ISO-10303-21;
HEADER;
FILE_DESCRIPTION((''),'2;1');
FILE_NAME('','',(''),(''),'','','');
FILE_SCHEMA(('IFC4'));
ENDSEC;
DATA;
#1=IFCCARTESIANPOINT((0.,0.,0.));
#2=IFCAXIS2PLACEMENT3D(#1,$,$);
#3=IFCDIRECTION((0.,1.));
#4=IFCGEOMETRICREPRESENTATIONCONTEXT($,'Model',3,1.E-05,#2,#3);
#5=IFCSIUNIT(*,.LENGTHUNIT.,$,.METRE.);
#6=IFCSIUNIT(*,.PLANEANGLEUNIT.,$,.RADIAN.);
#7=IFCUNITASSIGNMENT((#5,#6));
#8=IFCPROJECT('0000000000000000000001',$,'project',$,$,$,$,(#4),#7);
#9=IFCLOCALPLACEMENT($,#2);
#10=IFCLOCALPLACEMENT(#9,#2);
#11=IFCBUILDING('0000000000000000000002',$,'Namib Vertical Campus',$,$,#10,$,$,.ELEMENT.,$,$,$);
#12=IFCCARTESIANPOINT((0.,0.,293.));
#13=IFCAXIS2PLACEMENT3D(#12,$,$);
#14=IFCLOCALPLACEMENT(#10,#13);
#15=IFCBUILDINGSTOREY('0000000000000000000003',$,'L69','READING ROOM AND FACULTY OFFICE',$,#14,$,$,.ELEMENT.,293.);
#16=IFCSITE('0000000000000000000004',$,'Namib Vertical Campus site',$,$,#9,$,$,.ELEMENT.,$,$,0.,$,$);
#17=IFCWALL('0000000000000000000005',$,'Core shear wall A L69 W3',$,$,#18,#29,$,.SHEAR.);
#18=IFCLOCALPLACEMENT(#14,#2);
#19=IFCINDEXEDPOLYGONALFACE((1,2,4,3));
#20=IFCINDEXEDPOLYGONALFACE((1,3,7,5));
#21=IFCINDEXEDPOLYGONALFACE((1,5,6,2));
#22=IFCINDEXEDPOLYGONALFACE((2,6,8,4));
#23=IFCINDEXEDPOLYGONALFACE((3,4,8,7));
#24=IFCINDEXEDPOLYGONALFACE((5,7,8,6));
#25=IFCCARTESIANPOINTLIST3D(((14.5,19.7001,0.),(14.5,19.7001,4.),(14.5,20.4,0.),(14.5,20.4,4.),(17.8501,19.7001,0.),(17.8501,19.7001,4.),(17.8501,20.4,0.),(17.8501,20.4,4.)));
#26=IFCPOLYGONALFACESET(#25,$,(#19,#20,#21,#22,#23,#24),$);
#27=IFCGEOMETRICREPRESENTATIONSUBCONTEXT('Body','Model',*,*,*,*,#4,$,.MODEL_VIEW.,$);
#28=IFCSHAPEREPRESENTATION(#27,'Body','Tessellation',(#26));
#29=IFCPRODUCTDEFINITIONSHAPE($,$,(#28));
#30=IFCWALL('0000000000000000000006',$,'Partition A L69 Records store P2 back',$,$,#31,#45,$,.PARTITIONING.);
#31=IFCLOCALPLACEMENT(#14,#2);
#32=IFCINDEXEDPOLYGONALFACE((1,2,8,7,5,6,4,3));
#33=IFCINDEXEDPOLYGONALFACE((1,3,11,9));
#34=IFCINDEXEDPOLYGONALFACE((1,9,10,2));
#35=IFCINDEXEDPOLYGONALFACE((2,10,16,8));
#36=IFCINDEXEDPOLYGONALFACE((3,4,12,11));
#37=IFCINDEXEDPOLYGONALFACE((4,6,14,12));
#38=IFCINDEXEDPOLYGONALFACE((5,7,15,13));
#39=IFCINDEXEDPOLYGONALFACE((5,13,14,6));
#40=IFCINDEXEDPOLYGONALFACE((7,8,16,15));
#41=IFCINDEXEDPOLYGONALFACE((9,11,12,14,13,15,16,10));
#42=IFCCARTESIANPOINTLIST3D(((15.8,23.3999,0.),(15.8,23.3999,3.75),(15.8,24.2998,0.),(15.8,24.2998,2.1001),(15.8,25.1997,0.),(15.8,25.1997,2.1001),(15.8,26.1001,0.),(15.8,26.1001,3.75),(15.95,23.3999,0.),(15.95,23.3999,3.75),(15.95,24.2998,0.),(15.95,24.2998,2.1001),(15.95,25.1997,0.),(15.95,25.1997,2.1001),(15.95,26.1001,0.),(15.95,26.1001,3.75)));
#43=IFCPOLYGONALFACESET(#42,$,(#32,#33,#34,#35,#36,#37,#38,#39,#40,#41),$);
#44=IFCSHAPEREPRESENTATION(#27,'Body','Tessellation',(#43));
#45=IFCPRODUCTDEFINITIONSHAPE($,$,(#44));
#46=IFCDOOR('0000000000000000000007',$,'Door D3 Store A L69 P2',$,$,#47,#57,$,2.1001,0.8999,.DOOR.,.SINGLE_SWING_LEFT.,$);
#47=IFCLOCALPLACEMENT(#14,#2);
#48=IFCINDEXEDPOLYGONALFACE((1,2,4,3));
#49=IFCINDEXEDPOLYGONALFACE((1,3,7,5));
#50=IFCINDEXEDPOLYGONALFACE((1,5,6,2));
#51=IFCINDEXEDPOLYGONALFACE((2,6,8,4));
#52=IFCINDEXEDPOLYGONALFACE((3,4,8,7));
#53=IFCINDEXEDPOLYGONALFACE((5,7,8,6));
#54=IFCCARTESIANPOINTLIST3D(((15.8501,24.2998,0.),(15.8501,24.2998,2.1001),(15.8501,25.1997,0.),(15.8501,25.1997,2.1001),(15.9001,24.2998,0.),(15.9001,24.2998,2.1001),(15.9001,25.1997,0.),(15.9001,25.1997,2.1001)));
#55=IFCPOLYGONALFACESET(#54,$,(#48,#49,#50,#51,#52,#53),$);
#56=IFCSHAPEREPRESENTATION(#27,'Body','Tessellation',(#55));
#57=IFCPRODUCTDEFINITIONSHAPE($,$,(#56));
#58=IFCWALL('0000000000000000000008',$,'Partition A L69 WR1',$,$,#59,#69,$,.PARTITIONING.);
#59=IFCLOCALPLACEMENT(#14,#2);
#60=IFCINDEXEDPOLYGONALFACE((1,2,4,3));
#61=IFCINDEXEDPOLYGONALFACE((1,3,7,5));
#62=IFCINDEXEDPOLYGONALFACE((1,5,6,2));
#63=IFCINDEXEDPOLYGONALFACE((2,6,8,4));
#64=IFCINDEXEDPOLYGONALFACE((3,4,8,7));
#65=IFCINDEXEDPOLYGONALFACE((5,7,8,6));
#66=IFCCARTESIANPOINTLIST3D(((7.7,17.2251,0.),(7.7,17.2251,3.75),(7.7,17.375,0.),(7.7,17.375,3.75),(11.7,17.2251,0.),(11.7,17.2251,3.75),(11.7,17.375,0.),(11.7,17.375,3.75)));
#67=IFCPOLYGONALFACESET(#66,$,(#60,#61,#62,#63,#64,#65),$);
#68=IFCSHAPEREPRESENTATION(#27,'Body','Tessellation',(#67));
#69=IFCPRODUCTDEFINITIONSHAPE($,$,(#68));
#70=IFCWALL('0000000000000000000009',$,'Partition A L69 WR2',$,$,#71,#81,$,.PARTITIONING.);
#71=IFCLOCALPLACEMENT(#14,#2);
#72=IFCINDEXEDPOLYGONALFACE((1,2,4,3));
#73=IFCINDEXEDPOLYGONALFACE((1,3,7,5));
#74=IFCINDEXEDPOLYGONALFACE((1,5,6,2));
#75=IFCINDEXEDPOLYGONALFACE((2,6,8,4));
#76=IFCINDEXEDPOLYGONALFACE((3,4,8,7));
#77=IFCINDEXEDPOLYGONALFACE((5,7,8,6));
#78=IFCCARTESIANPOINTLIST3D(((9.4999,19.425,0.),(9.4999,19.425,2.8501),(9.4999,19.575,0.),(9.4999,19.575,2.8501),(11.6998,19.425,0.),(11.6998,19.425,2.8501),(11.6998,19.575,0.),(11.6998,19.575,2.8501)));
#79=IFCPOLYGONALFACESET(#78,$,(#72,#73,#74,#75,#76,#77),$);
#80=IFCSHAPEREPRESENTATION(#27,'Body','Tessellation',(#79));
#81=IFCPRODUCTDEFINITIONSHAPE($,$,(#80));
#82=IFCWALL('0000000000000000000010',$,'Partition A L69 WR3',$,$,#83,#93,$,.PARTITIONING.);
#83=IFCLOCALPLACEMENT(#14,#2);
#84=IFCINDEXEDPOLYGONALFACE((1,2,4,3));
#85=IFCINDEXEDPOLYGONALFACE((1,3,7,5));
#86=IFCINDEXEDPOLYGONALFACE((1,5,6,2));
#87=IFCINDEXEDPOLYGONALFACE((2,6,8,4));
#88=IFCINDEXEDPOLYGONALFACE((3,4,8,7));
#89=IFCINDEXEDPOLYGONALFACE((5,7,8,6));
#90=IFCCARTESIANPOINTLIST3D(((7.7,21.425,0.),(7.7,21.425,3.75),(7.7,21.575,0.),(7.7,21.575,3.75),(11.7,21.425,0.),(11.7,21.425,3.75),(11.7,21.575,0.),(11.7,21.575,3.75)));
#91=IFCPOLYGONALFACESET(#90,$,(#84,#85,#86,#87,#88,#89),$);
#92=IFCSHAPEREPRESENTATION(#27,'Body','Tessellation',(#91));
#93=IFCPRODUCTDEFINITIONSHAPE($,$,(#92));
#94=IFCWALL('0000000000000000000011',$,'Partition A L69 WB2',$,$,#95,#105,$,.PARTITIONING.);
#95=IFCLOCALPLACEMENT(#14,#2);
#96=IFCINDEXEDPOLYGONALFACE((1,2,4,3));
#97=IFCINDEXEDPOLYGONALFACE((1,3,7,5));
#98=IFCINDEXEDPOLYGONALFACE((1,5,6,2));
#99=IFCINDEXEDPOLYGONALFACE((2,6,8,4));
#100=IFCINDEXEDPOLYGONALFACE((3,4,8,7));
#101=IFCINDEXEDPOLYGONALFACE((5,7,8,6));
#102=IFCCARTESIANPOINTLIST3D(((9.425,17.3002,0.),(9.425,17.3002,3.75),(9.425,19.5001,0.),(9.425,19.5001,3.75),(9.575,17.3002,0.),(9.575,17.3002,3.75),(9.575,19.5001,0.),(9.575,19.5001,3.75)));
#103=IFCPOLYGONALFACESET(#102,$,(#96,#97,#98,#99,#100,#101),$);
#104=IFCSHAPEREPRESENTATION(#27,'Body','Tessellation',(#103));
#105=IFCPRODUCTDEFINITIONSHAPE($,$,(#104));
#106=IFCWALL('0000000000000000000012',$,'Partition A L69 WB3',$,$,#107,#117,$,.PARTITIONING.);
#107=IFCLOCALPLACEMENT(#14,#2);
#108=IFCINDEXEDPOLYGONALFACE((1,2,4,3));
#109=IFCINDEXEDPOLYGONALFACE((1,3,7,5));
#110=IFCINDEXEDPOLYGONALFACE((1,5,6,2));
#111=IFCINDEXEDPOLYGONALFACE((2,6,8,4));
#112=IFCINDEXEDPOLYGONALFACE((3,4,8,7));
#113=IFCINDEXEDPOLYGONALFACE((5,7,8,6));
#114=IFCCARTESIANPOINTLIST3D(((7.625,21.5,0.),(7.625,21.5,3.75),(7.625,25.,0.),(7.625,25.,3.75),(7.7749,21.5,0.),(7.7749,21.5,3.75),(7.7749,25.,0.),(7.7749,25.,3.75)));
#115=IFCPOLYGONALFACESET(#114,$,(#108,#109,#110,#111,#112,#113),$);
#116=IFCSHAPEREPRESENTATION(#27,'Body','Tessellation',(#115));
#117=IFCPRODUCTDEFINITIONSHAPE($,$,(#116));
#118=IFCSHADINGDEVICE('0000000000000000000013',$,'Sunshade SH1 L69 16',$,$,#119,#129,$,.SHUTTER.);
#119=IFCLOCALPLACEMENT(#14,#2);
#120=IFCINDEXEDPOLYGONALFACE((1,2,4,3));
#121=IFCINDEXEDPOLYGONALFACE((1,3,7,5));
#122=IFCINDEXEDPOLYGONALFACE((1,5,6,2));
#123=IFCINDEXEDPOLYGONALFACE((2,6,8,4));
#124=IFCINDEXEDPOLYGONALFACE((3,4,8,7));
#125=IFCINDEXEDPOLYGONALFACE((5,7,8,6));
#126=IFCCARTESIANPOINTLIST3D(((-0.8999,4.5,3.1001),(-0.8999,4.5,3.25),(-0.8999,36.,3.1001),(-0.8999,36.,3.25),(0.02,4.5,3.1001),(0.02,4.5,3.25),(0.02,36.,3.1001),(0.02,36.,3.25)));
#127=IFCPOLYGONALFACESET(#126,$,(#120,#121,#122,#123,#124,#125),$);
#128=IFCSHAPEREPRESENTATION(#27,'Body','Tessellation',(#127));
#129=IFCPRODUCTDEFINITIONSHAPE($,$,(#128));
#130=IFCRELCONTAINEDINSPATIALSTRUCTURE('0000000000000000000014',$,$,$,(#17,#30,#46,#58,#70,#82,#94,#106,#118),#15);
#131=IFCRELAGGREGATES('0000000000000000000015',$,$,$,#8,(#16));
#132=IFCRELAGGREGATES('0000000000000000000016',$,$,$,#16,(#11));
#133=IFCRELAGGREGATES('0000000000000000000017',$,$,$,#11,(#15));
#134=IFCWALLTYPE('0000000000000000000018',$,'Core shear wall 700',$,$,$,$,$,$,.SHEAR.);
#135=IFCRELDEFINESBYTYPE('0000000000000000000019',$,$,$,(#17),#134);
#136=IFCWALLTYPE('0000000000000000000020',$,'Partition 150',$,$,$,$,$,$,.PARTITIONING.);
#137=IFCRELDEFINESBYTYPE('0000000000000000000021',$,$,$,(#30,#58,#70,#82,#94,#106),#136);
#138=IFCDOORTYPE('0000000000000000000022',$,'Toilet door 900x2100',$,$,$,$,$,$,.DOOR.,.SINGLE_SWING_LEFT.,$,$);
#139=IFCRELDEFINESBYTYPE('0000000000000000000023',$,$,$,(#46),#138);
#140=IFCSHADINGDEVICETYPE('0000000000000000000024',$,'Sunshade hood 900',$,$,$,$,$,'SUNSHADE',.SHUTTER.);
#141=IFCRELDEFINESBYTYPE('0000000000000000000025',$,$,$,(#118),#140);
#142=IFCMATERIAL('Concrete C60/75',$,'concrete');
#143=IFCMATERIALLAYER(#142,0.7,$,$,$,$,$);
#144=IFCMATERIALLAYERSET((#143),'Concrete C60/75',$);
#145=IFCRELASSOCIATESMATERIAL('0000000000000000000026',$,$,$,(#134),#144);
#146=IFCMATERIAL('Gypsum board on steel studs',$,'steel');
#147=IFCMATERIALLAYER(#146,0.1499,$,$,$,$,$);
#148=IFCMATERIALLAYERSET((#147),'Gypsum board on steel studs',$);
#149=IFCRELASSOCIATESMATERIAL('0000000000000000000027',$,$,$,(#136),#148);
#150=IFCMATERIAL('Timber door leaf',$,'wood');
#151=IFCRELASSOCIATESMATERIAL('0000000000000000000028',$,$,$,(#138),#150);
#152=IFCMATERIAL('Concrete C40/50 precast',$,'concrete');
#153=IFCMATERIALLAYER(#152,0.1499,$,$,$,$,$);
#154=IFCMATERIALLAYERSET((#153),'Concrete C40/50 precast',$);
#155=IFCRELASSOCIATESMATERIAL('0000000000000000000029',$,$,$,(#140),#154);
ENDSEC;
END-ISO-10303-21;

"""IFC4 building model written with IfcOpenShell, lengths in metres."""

from ifc_helpers import new_model, si_unit, direction, frame, frame_2d, origin, origin_2d, place, context, subcontext, project, spatial, rectangle, extrude, material, layer, layer_set, type_object, element, fill, save


model = new_model("IFC4")

# Units and contexts
model_context = context("Model", 3, precision=1e-05, world=origin(), true_north=direction((0.0, 1.0)))
body_context = subcontext(model_context, "Body", "Model", "MODEL_VIEW")
ifc_project = project(units=[si_unit("LENGTHUNIT", "METRE"), si_unit("PLANEANGLEUNIT", "RADIAN")], contexts=[model_context])

# Site, building, storey
site_placement = place(None, origin())
site = spatial("IfcSite", under=ifc_project, at=site_placement, Name="Namib Vertical Campus site", CompositionType="ELEMENT", RefElevation=0.0)
building_placement = place(site_placement, origin())
building = spatial("IfcBuilding", under=site, at=building_placement, Name="Namib Vertical Campus", CompositionType="ELEMENT")
storey_placement = place(building_placement, frame((0.0, 0.0, 293.0)))
storey = spatial("IfcBuildingStorey", under=building, at=storey_placement, Name="L69", Description="READING ROOM AND FACULTY OFFICE", CompositionType="ELEMENT", Elevation=293.0)

# Wall
ifc_material_1 = material(Name="Concrete C60/75", Category="concrete")
ifc_layer_1 = layer(ifc_material_1, 0.7)
ifc_layer_set_1 = layer_set([ifc_layer_1], Name="Concrete C60/75")
wall_type_1 = type_object("IfcWallType", Name="Core shear wall 700", PredefinedType="SHEAR", material=ifc_layer_set_1)
wall_1_placement = place(storey_placement, frame((14.5, 20.05, 0.0), z_axis=(0.0, 0.0, 1.0), x_axis=(1.0, 0.0, 0.0)))
element("IfcWall", 1, at=wall_1_placement, inside=storey, type_object=wall_type_1, Name="Core shear wall A L69 W3", PredefinedType="SHEAR", context=body_context, shape_type="SweptSolid", body=[
    extrude(rectangle(XDim=3.3501, YDim=0.7, at=frame_2d((1.675, 0.0))), origin(), (0.0, 0.0, 1.0), 4.0),
])

# Wall, opening, door
ifc_material_2 = material(Name="Gypsum board on steel studs", Category="steel")
ifc_layer_2 = layer(ifc_material_2, 0.1499)
ifc_layer_set_2 = layer_set([ifc_layer_2], Name="Gypsum board on steel studs")
wall_type_2 = type_object("IfcWallType", Name="Partition 150", PredefinedType="PARTITIONING", material=ifc_layer_set_2)
wall_2_placement = place(storey_placement, frame((15.875, 23.3999, 0.0), z_axis=(0.0, 0.0, 1.0), x_axis=(0.0, 1.0, 0.0)))
wall_2 = element("IfcWall", 2, at=wall_2_placement, inside=storey, type_object=wall_type_2, Name="Partition A L69 Records store P2 back", PredefinedType="PARTITIONING", context=body_context, shape_type="SweptSolid", body=[
    extrude(rectangle(XDim=2.7002, YDim=0.1499, at=frame_2d((1.3501, 0.0))), origin(), (0.0, 0.0, 1.0), 3.75),
])
opening_placement = place(wall_2_placement, frame((0.8999, 0.0, 0.0)))
opening = element("IfcOpeningElement", 3, at=opening_placement, cuts=wall_2, PredefinedType="OPENING", context=body_context, shape_type="SweptSolid", body=[
    extrude(rectangle(XDim=0.8999, YDim=2.1001, at=frame_2d((0.45, 1.05))), frame((0.0, 0.085, 0.0), z_axis=(0.0, -1.0, 0.0), x_axis=(1.0, 0.0, 0.0)), (0.0, 0.0, 1.0), 0.1699),
])
ifc_material_3 = material(Name="Timber door leaf", Category="wood")
door_type = type_object("IfcDoorType", Name="Toilet door 900x2100", OperationType="SINGLE_SWING_LEFT", PredefinedType="DOOR", material=ifc_material_3)
door_placement = place(opening_placement, origin())
door = element("IfcDoor", 4, at=door_placement, inside=storey, type_object=door_type, Name="Door D3 Store A L69 P2", OperationType="SINGLE_SWING_LEFT", OverallHeight=2.1001, OverallWidth=0.8999, PredefinedType="DOOR", context=body_context, shape_type="SweptSolid", body=[
    extrude(rectangle(XDim=0.8999, YDim=2.1001, at=frame_2d((0.45, 1.05))), frame((0.0, 0.0249, 0.0), z_axis=(0.0, -1.0, 0.0), x_axis=(1.0, 0.0, 0.0)), (0.0, 0.0, 1.0), 0.05),
])
fill(opening, door)

# Walls
wall_3_placement = place(storey_placement, frame((11.7, 17.3, 0.0), z_axis=(0.0, 0.0, 1.0), x_axis=(-1.0, 0.0, 0.0)))
element("IfcWall", 5, at=wall_3_placement, inside=storey, type_object=wall_type_2, Name="Partition A L69 WR1", PredefinedType="PARTITIONING", context=body_context, shape_type="SweptSolid", body=[
    extrude(rectangle(XDim=4.0, YDim=0.1499, at=frame_2d((2.0, 0.0))), origin(), (0.0, 0.0, 1.0), 3.75),
])
wall_4_placement = place(storey_placement, frame((11.7, 19.5, 0.0), z_axis=(0.0, 0.0, 1.0), x_axis=(-1.0, 0.0, 0.0)))
element("IfcWall", 6, at=wall_4_placement, inside=storey, type_object=wall_type_2, Name="Partition A L69 WR2", PredefinedType="PARTITIONING", context=body_context, shape_type="SweptSolid", body=[
    extrude(rectangle(XDim=2.2, YDim=0.1499, at=frame_2d((1.1001, 0.0))), origin(), (0.0, 0.0, 1.0), 2.8501),
])
wall_5_placement = place(storey_placement, frame((11.7, 21.5, 0.0), z_axis=(0.0, 0.0, 1.0), x_axis=(-1.0, 0.0, 0.0)))
element("IfcWall", 7, at=wall_5_placement, inside=storey, type_object=wall_type_2, Name="Partition A L69 WR3", PredefinedType="PARTITIONING", context=body_context, shape_type="SweptSolid", body=[
    extrude(rectangle(XDim=4.0, YDim=0.1499, at=frame_2d((2.0, 0.0))), origin(), (0.0, 0.0, 1.0), 3.75),
])
wall_6_placement = place(storey_placement, frame((9.5, 17.3, 0.0), z_axis=(0.0, 0.0, 1.0), x_axis=(0.0, 1.0, 0.0)))
element("IfcWall", 8, at=wall_6_placement, inside=storey, type_object=wall_type_2, Name="Partition A L69 WB2", PredefinedType="PARTITIONING", context=body_context, shape_type="SweptSolid", body=[
    extrude(rectangle(XDim=2.2, YDim=0.1499, at=frame_2d((1.1001, 0.0))), origin(), (0.0, 0.0, 1.0), 3.75),
])
wall_7_placement = place(storey_placement, frame((7.7, 21.5, 0.0), z_axis=(0.0, 0.0, 1.0), x_axis=(0.0, 1.0, 0.0)))
element("IfcWall", 9, at=wall_7_placement, inside=storey, type_object=wall_type_2, Name="Partition A L69 WB3", PredefinedType="PARTITIONING", context=body_context, shape_type="SweptSolid", body=[
    extrude(rectangle(XDim=3.5, YDim=0.1499, at=frame_2d((1.75, 0.0))), origin(), (0.0, 0.0, 1.0), 3.75),
])

# Shading device
ifc_material_4 = material(Name="Concrete C40/50 precast", Category="concrete")
ifc_layer_3 = layer(ifc_material_4, 0.1499)
ifc_layer_set_3 = layer_set([ifc_layer_3], Name="Concrete C40/50 precast")
shading_device_type = type_object("IfcShadingDeviceType", Name="Sunshade hood 900", ElementType="SUNSHADE", PredefinedType="SHUTTER", material=ifc_layer_set_3)
shading_device_placement = place(storey_placement, frame((-0.4399, 20.25, 3.1001), z_axis=(0.0, 0.0, 1.0), x_axis=(0.0, -1.0, 0.0)))
element("IfcShadingDevice", 10, at=shading_device_placement, inside=storey, type_object=shading_device_type, Name="Sunshade SH1 L69 16", PredefinedType="SHUTTER", context=body_context, shape_type="SweptSolid", body=[
    extrude(rectangle(XDim=31.5, YDim=0.9199, at=origin_2d()), origin(), (0.0, 0.0, 1.0), 0.1499),
])

save(model, "model.ifc")
